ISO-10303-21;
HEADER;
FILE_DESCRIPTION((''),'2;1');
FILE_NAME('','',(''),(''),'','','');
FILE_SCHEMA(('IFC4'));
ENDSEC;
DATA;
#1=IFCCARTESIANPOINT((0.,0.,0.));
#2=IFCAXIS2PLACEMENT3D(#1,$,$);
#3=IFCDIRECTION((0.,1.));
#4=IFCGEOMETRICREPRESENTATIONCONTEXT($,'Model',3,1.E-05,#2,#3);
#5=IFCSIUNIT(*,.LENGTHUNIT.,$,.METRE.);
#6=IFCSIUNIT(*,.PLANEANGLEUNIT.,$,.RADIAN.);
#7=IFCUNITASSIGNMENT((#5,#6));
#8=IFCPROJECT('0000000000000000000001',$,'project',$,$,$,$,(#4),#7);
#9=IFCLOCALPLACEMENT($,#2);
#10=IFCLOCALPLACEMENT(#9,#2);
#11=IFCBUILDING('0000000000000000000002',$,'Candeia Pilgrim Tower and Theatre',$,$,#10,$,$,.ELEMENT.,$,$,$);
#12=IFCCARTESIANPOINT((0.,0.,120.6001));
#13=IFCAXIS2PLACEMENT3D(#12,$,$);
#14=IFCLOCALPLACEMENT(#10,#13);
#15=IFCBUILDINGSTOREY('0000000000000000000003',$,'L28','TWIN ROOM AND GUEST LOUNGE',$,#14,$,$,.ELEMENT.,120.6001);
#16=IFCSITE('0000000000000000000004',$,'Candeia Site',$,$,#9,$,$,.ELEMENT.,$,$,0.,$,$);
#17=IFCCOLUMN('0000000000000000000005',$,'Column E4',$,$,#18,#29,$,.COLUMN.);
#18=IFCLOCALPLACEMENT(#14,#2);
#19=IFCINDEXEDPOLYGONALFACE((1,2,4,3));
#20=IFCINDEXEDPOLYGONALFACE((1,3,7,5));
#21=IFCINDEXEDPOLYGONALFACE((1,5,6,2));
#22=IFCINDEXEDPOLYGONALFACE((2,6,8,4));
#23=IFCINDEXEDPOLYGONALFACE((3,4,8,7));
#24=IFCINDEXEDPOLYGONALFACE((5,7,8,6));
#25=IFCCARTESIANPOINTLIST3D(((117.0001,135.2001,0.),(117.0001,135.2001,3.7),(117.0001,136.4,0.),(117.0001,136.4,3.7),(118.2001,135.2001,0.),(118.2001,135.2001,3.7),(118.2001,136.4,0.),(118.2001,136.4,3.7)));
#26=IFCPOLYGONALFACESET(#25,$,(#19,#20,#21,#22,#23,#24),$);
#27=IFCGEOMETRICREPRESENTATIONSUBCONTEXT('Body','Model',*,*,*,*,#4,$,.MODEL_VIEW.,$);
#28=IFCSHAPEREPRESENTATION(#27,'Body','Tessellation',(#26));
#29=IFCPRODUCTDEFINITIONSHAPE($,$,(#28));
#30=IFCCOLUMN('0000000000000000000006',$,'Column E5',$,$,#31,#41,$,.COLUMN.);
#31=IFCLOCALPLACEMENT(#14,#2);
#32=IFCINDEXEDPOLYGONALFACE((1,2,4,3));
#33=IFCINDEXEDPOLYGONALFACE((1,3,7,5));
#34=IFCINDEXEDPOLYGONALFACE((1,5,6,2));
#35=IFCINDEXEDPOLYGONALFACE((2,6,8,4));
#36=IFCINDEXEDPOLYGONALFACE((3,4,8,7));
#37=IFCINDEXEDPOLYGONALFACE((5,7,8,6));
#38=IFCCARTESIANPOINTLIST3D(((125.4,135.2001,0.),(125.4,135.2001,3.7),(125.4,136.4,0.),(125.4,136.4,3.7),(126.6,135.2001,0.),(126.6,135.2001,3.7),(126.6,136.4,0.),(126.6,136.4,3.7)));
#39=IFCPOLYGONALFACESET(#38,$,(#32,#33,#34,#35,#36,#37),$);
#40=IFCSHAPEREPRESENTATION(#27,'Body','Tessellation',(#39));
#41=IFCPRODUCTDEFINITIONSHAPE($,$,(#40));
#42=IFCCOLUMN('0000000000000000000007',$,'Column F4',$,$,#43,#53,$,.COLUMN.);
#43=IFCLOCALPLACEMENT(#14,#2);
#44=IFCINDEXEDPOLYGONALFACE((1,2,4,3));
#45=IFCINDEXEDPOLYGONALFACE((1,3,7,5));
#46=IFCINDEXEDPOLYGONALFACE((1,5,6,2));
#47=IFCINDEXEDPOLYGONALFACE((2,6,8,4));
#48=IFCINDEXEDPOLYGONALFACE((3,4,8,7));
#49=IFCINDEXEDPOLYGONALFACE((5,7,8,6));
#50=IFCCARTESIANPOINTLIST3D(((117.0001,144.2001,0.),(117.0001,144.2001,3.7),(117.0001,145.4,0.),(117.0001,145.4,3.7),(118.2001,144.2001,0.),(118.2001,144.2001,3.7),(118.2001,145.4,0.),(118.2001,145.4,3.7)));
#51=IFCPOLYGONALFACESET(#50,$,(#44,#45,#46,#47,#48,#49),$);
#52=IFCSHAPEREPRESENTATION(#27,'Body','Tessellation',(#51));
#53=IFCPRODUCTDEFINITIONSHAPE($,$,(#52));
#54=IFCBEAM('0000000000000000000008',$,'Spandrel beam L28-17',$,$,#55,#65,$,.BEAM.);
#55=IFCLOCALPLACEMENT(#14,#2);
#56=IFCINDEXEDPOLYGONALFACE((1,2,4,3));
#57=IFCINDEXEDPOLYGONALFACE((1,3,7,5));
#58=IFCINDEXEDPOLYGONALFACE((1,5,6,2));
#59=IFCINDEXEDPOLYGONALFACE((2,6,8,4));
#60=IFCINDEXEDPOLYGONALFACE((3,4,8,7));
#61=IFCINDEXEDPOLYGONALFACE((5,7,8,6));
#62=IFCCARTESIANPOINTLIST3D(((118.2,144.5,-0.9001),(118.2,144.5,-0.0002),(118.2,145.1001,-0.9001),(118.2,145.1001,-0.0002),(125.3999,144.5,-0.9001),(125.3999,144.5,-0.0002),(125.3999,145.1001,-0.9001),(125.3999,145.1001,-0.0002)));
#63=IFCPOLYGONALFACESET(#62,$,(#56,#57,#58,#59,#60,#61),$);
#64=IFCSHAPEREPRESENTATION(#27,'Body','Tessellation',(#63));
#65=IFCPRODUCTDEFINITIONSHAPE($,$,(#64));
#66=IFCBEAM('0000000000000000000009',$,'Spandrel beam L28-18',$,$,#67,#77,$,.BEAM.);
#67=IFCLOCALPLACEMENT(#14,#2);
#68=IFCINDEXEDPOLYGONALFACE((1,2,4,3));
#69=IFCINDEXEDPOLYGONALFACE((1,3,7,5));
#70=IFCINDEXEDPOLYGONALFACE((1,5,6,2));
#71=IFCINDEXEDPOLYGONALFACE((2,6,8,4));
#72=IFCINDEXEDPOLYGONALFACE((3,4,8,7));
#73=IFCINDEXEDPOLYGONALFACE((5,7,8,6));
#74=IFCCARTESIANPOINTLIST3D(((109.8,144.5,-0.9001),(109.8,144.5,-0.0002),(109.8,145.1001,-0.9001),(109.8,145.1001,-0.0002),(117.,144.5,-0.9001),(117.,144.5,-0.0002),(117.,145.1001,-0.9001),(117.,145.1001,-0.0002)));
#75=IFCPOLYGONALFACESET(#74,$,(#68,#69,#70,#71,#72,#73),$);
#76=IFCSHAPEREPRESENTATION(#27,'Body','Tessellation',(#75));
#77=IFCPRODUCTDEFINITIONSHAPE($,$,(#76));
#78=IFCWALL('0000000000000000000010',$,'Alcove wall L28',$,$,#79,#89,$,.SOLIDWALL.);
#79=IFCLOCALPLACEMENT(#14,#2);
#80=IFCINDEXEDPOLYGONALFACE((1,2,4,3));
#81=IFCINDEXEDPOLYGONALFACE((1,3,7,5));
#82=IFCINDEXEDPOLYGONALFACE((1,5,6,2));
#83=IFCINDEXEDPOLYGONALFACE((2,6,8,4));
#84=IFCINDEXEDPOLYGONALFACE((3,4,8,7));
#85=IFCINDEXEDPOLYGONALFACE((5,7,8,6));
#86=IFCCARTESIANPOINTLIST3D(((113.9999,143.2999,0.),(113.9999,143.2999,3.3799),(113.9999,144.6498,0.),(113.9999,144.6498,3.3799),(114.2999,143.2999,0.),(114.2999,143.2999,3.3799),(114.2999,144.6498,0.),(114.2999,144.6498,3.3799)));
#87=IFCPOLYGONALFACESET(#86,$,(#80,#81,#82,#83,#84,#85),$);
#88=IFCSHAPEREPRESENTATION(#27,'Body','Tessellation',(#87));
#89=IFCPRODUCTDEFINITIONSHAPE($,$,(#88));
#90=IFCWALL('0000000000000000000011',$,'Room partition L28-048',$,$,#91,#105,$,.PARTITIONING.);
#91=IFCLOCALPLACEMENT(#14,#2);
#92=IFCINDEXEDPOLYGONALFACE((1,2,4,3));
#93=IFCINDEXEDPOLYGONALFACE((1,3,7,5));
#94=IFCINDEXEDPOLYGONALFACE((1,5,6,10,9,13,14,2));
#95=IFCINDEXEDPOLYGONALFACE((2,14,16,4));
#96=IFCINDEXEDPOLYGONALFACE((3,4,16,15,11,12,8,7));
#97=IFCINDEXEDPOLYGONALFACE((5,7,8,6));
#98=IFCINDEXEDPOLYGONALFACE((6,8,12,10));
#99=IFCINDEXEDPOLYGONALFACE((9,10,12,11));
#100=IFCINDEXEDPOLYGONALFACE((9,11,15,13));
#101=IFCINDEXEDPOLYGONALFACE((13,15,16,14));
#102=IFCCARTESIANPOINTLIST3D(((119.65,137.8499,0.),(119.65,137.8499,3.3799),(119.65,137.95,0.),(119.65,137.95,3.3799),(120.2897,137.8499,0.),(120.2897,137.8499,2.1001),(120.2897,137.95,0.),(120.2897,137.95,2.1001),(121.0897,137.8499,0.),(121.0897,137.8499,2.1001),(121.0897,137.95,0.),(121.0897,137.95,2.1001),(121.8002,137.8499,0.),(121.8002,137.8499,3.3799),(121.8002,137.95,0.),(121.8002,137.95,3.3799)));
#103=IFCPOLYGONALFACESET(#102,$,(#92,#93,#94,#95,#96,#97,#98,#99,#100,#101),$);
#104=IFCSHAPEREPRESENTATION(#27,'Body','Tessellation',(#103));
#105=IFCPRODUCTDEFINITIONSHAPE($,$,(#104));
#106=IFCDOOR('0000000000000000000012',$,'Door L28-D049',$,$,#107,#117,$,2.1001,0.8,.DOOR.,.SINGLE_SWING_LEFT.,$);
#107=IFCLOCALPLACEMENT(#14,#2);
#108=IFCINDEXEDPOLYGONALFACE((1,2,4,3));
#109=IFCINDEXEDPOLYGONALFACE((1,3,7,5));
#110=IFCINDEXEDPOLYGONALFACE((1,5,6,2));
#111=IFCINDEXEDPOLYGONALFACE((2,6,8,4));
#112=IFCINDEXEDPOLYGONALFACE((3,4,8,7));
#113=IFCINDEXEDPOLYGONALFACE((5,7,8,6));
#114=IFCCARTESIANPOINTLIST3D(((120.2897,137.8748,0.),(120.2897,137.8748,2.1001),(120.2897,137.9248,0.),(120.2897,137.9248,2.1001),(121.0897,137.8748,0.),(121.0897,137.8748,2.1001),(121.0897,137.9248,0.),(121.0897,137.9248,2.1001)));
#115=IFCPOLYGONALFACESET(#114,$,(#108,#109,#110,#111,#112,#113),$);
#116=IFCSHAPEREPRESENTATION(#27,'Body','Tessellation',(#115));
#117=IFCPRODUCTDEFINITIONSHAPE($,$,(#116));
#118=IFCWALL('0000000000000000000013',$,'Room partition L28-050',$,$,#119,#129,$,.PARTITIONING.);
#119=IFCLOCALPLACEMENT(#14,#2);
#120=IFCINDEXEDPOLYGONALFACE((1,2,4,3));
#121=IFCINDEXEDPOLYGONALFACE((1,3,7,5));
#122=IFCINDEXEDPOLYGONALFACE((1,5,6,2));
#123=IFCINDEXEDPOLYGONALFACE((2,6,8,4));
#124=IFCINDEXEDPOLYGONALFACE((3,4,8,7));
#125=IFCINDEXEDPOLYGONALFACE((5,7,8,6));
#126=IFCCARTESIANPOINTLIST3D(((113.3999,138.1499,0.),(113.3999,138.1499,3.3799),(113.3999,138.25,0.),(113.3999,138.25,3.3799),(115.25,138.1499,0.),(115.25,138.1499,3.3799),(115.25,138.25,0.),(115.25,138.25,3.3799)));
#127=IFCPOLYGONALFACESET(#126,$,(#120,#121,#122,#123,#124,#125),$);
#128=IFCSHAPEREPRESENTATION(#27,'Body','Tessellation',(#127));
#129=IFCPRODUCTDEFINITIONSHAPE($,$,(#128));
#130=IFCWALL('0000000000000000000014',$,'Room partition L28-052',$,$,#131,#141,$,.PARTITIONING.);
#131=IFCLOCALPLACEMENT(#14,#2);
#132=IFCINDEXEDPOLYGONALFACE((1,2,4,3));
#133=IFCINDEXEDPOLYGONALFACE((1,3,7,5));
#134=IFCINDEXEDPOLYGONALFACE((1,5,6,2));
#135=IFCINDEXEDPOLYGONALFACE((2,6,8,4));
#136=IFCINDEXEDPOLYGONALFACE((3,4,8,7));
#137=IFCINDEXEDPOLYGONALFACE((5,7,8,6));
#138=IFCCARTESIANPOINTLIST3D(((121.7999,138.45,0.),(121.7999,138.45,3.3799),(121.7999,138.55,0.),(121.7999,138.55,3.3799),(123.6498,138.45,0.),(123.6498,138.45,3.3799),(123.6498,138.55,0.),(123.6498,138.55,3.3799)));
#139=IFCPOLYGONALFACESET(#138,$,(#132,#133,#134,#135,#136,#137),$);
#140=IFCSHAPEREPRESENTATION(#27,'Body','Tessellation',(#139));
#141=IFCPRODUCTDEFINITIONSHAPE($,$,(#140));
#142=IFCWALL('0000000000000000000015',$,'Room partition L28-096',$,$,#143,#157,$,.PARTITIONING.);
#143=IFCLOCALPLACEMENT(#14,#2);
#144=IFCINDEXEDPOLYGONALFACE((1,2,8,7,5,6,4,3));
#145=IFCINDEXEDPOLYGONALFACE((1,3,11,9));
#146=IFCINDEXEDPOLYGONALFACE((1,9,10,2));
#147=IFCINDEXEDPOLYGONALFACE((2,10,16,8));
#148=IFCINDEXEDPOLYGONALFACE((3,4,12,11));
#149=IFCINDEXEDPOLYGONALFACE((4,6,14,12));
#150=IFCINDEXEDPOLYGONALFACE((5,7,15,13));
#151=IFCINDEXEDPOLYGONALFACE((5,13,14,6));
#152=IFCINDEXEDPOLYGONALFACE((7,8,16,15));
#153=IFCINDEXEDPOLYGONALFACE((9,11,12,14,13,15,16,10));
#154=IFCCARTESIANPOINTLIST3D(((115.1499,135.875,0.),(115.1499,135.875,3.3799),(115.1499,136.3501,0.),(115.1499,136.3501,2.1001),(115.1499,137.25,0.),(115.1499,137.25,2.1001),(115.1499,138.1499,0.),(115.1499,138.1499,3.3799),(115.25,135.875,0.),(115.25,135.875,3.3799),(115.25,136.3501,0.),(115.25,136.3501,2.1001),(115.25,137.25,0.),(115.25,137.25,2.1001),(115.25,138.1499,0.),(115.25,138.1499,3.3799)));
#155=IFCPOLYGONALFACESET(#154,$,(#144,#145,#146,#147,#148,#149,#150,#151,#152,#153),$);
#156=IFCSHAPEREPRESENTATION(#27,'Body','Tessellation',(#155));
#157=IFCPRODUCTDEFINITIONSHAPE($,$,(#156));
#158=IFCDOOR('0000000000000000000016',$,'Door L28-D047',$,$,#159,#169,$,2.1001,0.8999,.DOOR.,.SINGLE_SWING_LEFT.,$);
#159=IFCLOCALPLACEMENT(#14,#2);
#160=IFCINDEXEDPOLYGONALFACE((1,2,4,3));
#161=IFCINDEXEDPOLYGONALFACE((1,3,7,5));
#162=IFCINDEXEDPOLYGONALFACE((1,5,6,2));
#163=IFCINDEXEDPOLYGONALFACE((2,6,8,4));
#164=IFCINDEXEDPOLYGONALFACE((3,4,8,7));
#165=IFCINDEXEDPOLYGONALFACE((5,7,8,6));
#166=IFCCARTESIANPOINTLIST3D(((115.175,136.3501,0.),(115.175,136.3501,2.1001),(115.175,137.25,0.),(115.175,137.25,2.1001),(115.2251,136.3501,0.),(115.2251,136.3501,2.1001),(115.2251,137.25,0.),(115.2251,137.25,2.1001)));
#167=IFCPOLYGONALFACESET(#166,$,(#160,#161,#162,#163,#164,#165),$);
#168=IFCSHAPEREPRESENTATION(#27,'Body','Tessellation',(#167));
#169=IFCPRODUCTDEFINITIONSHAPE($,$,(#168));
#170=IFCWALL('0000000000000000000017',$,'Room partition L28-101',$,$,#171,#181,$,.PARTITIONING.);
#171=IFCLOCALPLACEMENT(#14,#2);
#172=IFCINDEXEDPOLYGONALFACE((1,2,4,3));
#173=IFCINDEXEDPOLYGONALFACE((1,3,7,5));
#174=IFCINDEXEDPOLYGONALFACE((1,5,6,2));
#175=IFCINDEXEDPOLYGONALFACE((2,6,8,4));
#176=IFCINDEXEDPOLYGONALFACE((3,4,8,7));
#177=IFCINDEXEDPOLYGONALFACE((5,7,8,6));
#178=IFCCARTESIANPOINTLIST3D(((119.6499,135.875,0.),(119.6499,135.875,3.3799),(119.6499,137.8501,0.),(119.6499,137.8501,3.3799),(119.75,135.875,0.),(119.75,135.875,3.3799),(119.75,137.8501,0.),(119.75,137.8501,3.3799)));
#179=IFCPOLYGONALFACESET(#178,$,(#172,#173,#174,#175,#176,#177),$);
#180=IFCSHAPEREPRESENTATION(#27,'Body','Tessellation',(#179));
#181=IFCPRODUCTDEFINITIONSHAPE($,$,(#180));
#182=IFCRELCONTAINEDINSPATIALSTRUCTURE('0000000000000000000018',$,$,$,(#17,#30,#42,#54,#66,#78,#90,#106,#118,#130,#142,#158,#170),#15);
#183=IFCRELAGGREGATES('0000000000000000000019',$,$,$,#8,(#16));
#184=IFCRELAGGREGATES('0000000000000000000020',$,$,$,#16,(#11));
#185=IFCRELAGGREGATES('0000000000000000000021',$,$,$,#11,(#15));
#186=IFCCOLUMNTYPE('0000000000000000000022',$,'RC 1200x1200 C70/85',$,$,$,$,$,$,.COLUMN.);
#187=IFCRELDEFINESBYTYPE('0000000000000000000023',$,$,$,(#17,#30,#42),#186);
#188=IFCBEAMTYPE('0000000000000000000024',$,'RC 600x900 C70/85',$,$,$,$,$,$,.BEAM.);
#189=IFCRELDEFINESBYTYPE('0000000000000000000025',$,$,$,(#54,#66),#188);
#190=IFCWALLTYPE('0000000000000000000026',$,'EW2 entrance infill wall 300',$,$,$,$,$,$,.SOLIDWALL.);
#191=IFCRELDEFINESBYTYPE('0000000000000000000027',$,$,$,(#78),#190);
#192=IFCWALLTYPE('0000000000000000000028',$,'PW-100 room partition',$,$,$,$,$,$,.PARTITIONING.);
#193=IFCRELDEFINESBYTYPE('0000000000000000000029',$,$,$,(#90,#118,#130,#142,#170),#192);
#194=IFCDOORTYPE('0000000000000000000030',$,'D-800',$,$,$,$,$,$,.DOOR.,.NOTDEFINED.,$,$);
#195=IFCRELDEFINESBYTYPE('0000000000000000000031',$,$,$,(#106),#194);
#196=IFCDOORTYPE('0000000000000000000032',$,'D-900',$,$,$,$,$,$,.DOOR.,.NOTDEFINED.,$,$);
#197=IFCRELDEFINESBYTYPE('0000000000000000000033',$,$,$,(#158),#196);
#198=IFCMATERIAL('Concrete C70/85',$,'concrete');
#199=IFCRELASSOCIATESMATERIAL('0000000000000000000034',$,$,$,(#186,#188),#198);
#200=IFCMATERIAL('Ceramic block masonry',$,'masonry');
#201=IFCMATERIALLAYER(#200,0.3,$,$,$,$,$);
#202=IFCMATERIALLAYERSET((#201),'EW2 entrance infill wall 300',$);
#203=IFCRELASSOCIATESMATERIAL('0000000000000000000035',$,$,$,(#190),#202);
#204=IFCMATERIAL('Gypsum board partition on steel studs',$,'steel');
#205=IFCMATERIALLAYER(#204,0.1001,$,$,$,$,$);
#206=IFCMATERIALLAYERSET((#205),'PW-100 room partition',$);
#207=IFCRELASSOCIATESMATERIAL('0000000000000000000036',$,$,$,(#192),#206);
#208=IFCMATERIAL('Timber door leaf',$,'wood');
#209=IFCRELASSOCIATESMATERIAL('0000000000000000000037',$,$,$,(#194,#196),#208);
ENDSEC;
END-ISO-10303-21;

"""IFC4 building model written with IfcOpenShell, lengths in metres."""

from ifc_helpers import new_model, si_unit, direction, frame, frame_2d, origin, origin_2d, place, context, subcontext, project, spatial, rectangle, extrude, material, layer, layer_set, material_profile, profile_set, type_object, element, fill, save


model = new_model("IFC4")

# Units and contexts
model_context = context("Model", 3, precision=1e-05, world=origin(), true_north=direction((0.0, 1.0)))
body_context = subcontext(model_context, "Body", "Model", "MODEL_VIEW")
ifc_project = project(units=[si_unit("LENGTHUNIT", "METRE"), si_unit("PLANEANGLEUNIT", "RADIAN")], contexts=[model_context])

# Site, building, storey
site_placement = place(None, origin())
site = spatial("IfcSite", under=ifc_project, at=site_placement, Name="Candeia Site", CompositionType="ELEMENT", RefElevation=0.0)
building_placement = place(site_placement, origin())
building = spatial("IfcBuilding", under=site, at=building_placement, Name="Candeia Pilgrim Tower and Theatre", CompositionType="ELEMENT")
storey_placement = place(building_placement, frame((0.0, 0.0, 120.6001)))
storey = spatial("IfcBuildingStorey", under=building, at=storey_placement, Name="L28", Description="TWIN ROOM AND GUEST LOUNGE", CompositionType="ELEMENT", Elevation=120.6001)

# Columns
ifc_material_1 = material(Name="Concrete C70/85", Category="concrete")
ifc_material_profile_1 = material_profile(ifc_material_1, rectangle(XDim=1.2, YDim=1.2, at=origin_2d()))
ifc_profile_set_1 = profile_set([ifc_material_profile_1], Name="Concrete C70/85")
column_type = type_object("IfcColumnType", Name="RC 1200x1200 C70/85", PredefinedType="COLUMN", material=ifc_profile_set_1)
for number, where, z_axis, x_axis, name in (
    (1, (117.6001, 135.8, 0.0), (0.0, 0.0, 1.0), (1.0, 0.0, 0.0), "Column E4"),
    (2, (126.0, 135.8, 0.0), (0.0, 0.0, 1.0), (1.0, 0.0, 0.0), "Column E5"),
    (3, (117.6001, 144.8, 0.0), (0.0, 0.0, 1.0), (1.0, 0.0, 0.0), "Column F4"),
):
    element("IfcColumn", number, at=place(storey_placement, frame(where, z_axis=z_axis, x_axis=x_axis)), inside=storey, type_object=column_type, Name=name, PredefinedType="COLUMN", context=body_context, shape_type="SweptSolid", body=[
        extrude(rectangle(XDim=1.2, YDim=1.2, at=origin_2d()), origin(), (0.0, 0.0, 1.0), 3.7),
    ])

# Beams
ifc_material_profile_2 = material_profile(ifc_material_1, rectangle(XDim=0.6001, YDim=0.8999, at=origin_2d()))
ifc_profile_set_2 = profile_set([ifc_material_profile_2], Name="Concrete C70/85")
beam_type = type_object("IfcBeamType", Name="RC 600x900 C70/85", PredefinedType="BEAM", material=ifc_profile_set_2)
for number, where, z_axis, x_axis, name in (
    (4, (125.3999, 144.8, -0.4502), (-1.0, 0.0, 0.0), (0.0, -1.0, 0.0), "Spandrel beam L28-17"),
    (5, (117.0, 144.8, -0.4502), (-1.0, 0.0, 0.0), (0.0, -1.0, 0.0), "Spandrel beam L28-18"),
):
    element("IfcBeam", number, at=place(storey_placement, frame(where, z_axis=z_axis, x_axis=x_axis)), inside=storey, type_object=beam_type, Name=name, PredefinedType="BEAM", context=body_context, shape_type="SweptSolid", body=[
        extrude(rectangle(XDim=0.6001, YDim=0.8999, at=origin_2d()), origin(), (0.0, 0.0, 1.0), 7.2),
    ])

# Wall
ifc_material_2 = material(Name="Ceramic block masonry", Category="masonry")
ifc_layer_1 = layer(ifc_material_2, 0.3)
ifc_layer_set_1 = layer_set([ifc_layer_1], Name="EW2 entrance infill wall 300")
wall_type_1 = type_object("IfcWallType", Name="EW2 entrance infill wall 300", PredefinedType="SOLIDWALL", material=ifc_layer_set_1)
wall_1_placement = place(storey_placement, frame((114.1499, 143.3, 0.0), z_axis=(0.0, 0.0, 1.0), x_axis=(0.0, 1.0, 0.0)))
element("IfcWall", 6, at=wall_1_placement, inside=storey, type_object=wall_type_1, Name="Alcove wall L28", PredefinedType="SOLIDWALL", context=body_context, shape_type="SweptSolid", body=[
    extrude(rectangle(XDim=1.3499, YDim=0.3, at=frame_2d((0.6748, 0.0))), origin(), (0.0, 0.0, 1.0), 3.3799),
])

# Wall, opening, door
ifc_material_3 = material(Name="Gypsum board partition on steel studs", Category="steel")
ifc_layer_2 = layer(ifc_material_3, 0.1001)
ifc_layer_set_2 = layer_set([ifc_layer_2], Name="PW-100 room partition")
wall_type_2 = type_object("IfcWallType", Name="PW-100 room partition", PredefinedType="PARTITIONING", material=ifc_layer_set_2)
wall_2_placement = place(storey_placement, frame((119.6499, 137.8999, 0.0), z_axis=(0.0, 0.0, 1.0), x_axis=(1.0, 0.0, 0.0)))
wall_2 = element("IfcWall", 7, at=wall_2_placement, inside=storey, type_object=wall_type_2, Name="Room partition L28-048", PredefinedType="PARTITIONING", context=body_context, shape_type="SweptSolid", body=[
    extrude(rectangle(XDim=2.1501, YDim=0.1001, at=frame_2d((1.0752, 0.0))), origin(), (0.0, 0.0, 1.0), 3.3799),
])
opening_1_placement = place(wall_2_placement, frame((0.6399, 0.0, 0.0)))
opening_1 = element("IfcOpeningElement", 8, at=opening_1_placement, cuts=wall_2, PredefinedType="OPENING", context=body_context, shape_type="SweptSolid", body=[
    extrude(rectangle(XDim=0.8, YDim=2.1001, at=frame_2d((0.3999, 1.05))), frame((0.0, 0.0601, 0.0), z_axis=(0.0, -1.0, 0.0), x_axis=(1.0, 0.0, 0.0)), (0.0, 0.0, 1.0), 0.1201),
])
ifc_material_4 = material(Name="Timber door leaf", Category="wood")
door_type_1 = type_object("IfcDoorType", Name="D-800", OperationType="NOTDEFINED", PredefinedType="DOOR", material=ifc_material_4)
door_1_placement = place(opening_1_placement, origin())
door_1 = element("IfcDoor", 9, at=door_1_placement, inside=storey, type_object=door_type_1, Name="Door L28-D049", OperationType="SINGLE_SWING_LEFT", OverallHeight=2.1001, OverallWidth=0.8, PredefinedType="DOOR", context=body_context, shape_type="SweptSolid", body=[
    extrude(rectangle(XDim=0.8, YDim=2.1001, at=frame_2d((0.3999, 1.05))), frame((0.0, 0.0249, 0.0), z_axis=(0.0, -1.0, 0.0), x_axis=(1.0, 0.0, 0.0)), (0.0, 0.0, 1.0), 0.05),
])
fill(opening_1, door_1)

# Walls
wall_3_placement = place(storey_placement, frame((113.3999, 138.2, 0.0), z_axis=(0.0, 0.0, 1.0), x_axis=(1.0, 0.0, 0.0)))
element("IfcWall", 10, at=wall_3_placement, inside=storey, type_object=wall_type_2, Name="Room partition L28-050", PredefinedType="PARTITIONING", context=body_context, shape_type="SweptSolid", body=[
    extrude(rectangle(XDim=1.8501, YDim=0.1001, at=frame_2d((0.925, 0.0))), origin(), (0.0, 0.0, 1.0), 3.3799),
])
wall_4_placement = place(storey_placement, frame((121.8, 138.5, 0.0), z_axis=(0.0, 0.0, 1.0), x_axis=(1.0, 0.0, 0.0)))
element("IfcWall", 11, at=wall_4_placement, inside=storey, type_object=wall_type_2, Name="Room partition L28-052", PredefinedType="PARTITIONING", context=body_context, shape_type="SweptSolid", body=[
    extrude(rectangle(XDim=1.8499, YDim=0.1001, at=frame_2d((0.9248, 0.0))), origin(), (0.0, 0.0, 1.0), 3.3799),
])

# Wall, opening, door
wall_5_placement = place(storey_placement, frame((115.2, 135.875, 0.0), z_axis=(0.0, 0.0, 1.0), x_axis=(0.0, 1.0, 0.0)))
wall_5 = element("IfcWall", 12, at=wall_5_placement, inside=storey, type_object=wall_type_2, Name="Room partition L28-096", PredefinedType="PARTITIONING", context=body_context, shape_type="SweptSolid", body=[
    extrude(rectangle(XDim=2.2749, YDim=0.1001, at=frame_2d((1.1375, 0.0))), origin(), (0.0, 0.0, 1.0), 3.3799),
])
opening_2_placement = place(wall_5_placement, frame((0.4751, 0.0, 0.0)))
opening_2 = element("IfcOpeningElement", 13, at=opening_2_placement, cuts=wall_5, PredefinedType="OPENING", context=body_context, shape_type="SweptSolid", body=[
    extrude(rectangle(XDim=0.8999, YDim=2.1001, at=frame_2d((0.45, 1.05))), frame((0.0, 0.0601, 0.0), z_axis=(0.0, -1.0, 0.0), x_axis=(1.0, 0.0, 0.0)), (0.0, 0.0, 1.0), 0.1201),
])
door_type_2 = type_object("IfcDoorType", Name="D-900", OperationType="NOTDEFINED", PredefinedType="DOOR", material=ifc_material_4)
door_2_placement = place(opening_2_placement, origin())
door_2 = element("IfcDoor", 14, at=door_2_placement, inside=storey, type_object=door_type_2, Name="Door L28-D047", OperationType="SINGLE_SWING_LEFT", OverallHeight=2.1001, OverallWidth=0.8999, PredefinedType="DOOR", context=body_context, shape_type="SweptSolid", body=[
    extrude(rectangle(XDim=0.8999, YDim=2.1001, at=frame_2d((0.45, 1.05))), frame((0.0, 0.0249, 0.0), z_axis=(0.0, -1.0, 0.0), x_axis=(1.0, 0.0, 0.0)), (0.0, 0.0, 1.0), 0.05),
])
fill(opening_2, door_2)

# Wall
wall_6_placement = place(storey_placement, frame((119.7, 135.875, 0.0), z_axis=(0.0, 0.0, 1.0), x_axis=(0.0, 1.0, 0.0)))
element("IfcWall", 15, at=wall_6_placement, inside=storey, type_object=wall_type_2, Name="Room partition L28-101", PredefinedType="PARTITIONING", context=body_context, shape_type="SweptSolid", body=[
    extrude(rectangle(XDim=1.9751, YDim=0.1001, at=frame_2d((0.9875, 0.0))), origin(), (0.0, 0.0, 1.0), 3.3799),
])

save(model, "model.ifc")
